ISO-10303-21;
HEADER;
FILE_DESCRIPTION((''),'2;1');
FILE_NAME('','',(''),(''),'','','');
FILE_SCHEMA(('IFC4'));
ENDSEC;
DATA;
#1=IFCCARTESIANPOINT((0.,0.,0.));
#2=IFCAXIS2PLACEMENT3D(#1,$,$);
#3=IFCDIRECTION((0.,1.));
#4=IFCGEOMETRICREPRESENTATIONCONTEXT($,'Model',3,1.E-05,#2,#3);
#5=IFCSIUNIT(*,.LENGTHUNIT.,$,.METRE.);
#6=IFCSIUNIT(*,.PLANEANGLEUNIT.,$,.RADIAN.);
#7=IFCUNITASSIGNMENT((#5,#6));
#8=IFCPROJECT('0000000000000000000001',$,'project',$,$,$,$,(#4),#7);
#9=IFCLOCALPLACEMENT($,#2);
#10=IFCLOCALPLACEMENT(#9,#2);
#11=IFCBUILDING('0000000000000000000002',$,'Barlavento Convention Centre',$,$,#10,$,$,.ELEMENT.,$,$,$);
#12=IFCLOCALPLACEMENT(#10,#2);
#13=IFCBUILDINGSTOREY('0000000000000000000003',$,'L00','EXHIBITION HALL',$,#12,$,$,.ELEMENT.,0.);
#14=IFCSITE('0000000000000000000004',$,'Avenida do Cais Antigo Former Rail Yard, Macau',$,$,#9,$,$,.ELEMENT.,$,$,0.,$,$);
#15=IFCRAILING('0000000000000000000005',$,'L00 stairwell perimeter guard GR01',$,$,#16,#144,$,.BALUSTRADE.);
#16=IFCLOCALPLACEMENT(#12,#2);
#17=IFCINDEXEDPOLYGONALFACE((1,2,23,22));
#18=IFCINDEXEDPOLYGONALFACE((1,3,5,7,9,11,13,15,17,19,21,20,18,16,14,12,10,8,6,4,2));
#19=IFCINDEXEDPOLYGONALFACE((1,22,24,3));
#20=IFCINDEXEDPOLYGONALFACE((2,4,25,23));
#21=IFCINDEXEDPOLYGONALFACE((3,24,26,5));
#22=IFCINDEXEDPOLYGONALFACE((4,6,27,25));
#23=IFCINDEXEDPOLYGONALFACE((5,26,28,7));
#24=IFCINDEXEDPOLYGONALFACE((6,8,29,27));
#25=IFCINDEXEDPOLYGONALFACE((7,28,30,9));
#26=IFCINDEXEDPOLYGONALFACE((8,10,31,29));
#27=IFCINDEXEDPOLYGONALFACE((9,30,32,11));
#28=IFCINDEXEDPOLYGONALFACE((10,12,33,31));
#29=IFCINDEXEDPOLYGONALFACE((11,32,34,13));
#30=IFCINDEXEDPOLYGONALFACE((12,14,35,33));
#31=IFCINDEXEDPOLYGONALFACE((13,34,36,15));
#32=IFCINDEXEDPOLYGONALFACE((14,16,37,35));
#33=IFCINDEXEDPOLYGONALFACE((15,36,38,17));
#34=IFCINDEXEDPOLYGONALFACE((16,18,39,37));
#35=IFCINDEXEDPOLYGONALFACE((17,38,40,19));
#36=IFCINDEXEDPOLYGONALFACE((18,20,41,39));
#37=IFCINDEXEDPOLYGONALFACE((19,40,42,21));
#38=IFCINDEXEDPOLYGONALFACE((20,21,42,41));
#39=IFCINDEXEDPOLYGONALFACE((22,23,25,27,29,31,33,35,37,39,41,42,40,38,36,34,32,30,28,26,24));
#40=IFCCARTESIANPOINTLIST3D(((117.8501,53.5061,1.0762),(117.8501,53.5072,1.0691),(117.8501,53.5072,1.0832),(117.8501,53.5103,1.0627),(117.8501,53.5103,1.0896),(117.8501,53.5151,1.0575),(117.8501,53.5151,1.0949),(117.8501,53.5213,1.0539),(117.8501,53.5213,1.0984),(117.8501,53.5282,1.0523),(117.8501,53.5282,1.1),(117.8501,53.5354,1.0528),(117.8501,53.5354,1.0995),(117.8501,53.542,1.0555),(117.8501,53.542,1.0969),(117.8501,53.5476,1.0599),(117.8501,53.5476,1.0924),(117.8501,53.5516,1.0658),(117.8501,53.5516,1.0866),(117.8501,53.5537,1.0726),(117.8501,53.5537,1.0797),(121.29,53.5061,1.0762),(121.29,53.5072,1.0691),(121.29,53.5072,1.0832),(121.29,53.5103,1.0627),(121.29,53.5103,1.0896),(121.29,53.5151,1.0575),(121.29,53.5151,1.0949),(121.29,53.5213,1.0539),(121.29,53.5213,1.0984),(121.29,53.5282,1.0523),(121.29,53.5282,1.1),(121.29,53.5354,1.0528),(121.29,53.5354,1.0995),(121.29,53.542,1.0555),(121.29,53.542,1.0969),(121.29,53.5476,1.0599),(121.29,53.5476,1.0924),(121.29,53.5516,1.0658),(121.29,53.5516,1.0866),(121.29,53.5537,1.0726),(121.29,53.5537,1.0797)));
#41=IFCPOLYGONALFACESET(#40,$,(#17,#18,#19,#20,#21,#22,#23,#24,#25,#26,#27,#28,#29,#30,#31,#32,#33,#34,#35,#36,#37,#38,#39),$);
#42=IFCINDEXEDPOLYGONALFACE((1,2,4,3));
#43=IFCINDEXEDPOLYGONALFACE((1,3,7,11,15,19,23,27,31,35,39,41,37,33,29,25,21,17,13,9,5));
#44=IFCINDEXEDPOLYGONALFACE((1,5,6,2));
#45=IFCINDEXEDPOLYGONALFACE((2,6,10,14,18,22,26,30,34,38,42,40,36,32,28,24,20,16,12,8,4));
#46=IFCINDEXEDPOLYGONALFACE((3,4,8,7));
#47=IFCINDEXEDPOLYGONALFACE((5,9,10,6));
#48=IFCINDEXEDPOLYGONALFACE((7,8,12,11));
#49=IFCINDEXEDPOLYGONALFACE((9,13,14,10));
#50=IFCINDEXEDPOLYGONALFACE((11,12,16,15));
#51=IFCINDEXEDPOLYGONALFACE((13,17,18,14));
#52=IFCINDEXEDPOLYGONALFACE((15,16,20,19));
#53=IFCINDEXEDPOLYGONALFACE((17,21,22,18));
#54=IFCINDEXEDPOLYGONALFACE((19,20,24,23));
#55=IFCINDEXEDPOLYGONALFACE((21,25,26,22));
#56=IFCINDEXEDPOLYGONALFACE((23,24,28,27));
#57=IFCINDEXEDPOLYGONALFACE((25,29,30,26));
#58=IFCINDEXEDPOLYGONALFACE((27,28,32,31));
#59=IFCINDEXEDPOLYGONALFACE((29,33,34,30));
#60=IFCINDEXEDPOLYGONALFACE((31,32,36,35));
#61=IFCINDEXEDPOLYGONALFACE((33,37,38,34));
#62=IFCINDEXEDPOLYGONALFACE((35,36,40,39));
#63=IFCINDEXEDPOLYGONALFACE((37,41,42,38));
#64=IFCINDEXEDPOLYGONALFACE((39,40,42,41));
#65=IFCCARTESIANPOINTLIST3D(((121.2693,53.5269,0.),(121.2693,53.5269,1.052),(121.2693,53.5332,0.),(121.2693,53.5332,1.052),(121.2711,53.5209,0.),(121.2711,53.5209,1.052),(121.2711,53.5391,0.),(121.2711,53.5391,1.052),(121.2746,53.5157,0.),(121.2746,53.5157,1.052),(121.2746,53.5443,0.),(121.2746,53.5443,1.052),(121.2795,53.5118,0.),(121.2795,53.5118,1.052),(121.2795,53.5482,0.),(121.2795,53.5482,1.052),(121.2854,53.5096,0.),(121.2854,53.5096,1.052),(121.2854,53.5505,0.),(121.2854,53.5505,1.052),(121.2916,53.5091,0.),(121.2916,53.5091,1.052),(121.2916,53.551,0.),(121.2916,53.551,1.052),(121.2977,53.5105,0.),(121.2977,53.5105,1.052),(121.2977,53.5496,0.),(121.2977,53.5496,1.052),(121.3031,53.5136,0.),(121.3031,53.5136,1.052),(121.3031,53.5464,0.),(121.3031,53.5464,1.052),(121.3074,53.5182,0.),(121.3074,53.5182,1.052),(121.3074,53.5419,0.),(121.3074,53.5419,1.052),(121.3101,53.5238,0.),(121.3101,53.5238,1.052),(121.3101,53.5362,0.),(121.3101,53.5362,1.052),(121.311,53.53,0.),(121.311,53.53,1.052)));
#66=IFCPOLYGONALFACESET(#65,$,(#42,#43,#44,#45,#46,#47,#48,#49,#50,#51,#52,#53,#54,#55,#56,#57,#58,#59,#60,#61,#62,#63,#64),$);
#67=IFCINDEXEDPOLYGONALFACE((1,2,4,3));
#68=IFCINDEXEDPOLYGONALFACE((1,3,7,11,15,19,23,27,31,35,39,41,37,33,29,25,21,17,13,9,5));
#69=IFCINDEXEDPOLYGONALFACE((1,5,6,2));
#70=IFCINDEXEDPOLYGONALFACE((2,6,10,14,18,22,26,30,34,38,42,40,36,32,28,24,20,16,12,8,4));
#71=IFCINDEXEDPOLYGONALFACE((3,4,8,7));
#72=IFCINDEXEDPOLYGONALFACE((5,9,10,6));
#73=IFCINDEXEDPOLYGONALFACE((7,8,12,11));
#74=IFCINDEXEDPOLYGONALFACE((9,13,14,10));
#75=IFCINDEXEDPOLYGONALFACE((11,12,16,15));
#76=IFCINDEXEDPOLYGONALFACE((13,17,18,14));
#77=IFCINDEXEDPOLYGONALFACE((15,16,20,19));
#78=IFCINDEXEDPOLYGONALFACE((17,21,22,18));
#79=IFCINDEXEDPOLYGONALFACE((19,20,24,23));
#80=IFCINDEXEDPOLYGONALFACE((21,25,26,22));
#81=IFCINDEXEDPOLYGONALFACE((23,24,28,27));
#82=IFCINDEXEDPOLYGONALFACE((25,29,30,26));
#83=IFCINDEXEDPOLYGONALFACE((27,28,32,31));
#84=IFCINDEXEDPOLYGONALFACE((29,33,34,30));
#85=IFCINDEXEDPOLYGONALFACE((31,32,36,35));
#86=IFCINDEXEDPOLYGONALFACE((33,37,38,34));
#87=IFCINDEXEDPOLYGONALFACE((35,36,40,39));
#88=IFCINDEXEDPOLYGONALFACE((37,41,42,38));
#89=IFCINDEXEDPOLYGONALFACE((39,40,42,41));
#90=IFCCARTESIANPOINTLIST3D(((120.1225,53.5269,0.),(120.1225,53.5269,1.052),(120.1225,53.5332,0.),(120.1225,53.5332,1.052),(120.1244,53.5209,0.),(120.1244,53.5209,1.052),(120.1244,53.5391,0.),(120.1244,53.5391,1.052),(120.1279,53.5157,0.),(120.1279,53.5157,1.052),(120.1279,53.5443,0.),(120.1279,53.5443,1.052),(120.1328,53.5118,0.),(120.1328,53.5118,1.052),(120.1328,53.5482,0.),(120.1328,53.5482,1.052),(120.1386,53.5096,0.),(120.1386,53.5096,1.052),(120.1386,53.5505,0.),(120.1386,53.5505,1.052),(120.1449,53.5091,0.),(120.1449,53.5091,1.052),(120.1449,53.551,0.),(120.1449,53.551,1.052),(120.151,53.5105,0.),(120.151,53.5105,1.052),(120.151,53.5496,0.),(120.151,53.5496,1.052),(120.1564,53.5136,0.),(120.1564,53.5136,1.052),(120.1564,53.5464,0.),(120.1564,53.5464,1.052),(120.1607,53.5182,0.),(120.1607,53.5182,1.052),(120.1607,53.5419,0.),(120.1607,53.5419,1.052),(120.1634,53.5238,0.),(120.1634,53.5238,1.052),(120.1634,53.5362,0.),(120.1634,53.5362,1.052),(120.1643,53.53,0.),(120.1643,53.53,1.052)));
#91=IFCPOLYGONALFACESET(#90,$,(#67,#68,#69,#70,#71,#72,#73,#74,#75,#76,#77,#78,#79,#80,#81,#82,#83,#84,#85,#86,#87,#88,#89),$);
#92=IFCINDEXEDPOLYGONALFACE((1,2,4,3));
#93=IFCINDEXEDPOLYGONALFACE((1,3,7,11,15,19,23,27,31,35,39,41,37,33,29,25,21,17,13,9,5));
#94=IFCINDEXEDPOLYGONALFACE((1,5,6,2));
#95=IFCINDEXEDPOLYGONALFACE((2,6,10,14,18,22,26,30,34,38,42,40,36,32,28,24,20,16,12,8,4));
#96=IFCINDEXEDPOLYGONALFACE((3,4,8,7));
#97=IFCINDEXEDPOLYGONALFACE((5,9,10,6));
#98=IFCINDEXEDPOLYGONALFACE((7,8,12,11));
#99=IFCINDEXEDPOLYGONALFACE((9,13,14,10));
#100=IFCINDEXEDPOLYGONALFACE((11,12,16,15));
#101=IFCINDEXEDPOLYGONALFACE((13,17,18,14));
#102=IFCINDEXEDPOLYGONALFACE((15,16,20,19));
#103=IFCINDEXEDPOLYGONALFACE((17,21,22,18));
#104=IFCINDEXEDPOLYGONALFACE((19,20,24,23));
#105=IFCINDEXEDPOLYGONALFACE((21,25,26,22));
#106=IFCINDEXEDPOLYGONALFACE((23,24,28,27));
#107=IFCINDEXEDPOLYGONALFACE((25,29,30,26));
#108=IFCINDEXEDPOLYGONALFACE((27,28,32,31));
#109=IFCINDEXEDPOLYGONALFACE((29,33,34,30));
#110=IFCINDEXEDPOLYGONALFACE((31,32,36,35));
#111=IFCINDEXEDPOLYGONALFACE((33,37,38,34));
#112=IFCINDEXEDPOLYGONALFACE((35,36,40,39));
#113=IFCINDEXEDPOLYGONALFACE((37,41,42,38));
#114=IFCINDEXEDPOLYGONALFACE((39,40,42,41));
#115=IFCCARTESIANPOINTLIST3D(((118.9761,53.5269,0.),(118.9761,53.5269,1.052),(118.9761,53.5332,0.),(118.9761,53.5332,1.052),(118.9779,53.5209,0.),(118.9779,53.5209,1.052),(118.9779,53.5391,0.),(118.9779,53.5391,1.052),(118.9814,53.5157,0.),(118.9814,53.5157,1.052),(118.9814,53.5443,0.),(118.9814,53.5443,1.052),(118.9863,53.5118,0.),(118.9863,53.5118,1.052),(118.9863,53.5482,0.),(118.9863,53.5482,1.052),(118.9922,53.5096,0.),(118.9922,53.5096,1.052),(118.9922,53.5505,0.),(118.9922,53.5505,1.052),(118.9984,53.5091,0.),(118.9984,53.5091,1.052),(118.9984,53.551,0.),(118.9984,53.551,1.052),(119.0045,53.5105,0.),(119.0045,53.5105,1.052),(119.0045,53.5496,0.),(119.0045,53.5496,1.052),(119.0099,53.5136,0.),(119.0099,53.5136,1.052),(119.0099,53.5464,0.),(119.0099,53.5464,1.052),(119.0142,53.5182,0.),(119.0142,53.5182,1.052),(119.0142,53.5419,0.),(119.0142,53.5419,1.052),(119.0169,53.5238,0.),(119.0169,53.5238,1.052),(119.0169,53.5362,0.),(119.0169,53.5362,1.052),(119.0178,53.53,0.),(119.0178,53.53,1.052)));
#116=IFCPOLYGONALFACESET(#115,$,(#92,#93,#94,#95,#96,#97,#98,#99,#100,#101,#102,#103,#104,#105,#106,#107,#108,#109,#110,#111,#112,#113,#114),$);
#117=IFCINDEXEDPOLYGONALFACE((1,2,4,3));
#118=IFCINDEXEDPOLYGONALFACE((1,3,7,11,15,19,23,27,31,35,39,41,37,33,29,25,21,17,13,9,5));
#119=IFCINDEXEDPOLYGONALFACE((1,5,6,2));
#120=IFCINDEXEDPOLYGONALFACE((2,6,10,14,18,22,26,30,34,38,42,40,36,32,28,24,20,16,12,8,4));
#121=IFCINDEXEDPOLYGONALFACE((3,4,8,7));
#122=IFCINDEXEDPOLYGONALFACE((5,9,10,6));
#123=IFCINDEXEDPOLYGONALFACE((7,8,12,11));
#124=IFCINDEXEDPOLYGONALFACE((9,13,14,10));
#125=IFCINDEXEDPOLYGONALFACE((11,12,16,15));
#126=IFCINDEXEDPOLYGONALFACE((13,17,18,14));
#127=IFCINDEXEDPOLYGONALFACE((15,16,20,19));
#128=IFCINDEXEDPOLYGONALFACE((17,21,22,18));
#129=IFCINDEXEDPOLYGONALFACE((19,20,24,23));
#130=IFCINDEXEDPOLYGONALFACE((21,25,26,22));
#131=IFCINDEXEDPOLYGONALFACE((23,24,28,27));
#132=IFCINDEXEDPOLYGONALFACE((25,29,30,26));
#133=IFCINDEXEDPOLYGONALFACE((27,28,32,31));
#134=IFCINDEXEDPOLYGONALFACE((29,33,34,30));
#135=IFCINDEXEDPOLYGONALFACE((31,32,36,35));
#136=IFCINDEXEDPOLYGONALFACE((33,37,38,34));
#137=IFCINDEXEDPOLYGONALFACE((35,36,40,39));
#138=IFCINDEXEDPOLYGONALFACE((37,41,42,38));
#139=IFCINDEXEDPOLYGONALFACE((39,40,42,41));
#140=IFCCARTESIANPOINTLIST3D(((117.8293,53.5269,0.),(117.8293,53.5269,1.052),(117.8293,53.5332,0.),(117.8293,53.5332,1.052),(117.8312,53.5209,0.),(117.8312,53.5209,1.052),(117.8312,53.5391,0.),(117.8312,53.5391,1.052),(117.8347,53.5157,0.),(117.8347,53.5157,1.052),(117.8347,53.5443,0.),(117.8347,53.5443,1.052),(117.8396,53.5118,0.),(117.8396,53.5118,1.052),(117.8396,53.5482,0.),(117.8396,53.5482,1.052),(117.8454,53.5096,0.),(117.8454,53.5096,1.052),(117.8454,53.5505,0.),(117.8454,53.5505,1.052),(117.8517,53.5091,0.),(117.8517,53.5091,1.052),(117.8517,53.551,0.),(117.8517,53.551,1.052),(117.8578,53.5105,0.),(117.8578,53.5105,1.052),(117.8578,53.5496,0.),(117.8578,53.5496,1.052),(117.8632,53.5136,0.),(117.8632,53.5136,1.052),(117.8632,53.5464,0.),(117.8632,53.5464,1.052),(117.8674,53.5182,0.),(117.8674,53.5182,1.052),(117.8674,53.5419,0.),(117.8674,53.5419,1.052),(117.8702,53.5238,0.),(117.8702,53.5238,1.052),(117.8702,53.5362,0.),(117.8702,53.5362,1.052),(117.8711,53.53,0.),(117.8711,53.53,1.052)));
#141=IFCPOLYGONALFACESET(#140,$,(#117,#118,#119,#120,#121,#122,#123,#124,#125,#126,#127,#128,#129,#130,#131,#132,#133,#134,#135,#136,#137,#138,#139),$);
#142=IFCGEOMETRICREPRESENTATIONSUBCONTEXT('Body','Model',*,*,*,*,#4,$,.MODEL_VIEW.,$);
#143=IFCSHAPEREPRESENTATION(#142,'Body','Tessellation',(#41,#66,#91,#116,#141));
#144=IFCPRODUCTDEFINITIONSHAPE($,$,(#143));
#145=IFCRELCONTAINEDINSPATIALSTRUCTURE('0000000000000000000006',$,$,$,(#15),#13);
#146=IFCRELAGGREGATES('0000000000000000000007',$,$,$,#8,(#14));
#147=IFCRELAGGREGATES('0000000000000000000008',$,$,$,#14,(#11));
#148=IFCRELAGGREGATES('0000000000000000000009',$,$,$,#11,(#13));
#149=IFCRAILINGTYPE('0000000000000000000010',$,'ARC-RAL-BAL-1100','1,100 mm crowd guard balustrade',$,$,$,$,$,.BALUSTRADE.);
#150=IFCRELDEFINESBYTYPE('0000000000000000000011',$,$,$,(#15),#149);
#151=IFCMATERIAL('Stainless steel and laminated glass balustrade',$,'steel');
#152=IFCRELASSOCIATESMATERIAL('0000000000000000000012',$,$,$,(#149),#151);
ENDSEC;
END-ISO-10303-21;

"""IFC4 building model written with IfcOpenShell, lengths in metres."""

from ifc_helpers import new_model, si_unit, direction, frame, origin, origin_2d, place, context, subcontext, project, spatial, circle, extrude, material, type_object, element, save


model = new_model("IFC4")

# Units and contexts
model_context = context("Model", 3, precision=1e-05, world=origin(), true_north=direction((0.0, 1.0)))
body_context = subcontext(model_context, "Body", "Model", "MODEL_VIEW")
ifc_project = project(units=[si_unit("LENGTHUNIT", "METRE"), si_unit("PLANEANGLEUNIT", "RADIAN")], contexts=[model_context])

# Site, building, storey
site_placement = place(None, origin())
site = spatial("IfcSite", under=ifc_project, at=site_placement, Name="Avenida do Cais Antigo Former Rail Yard, Macau", CompositionType="ELEMENT", RefElevation=0.0)
building_placement = place(site_placement, origin())
building = spatial("IfcBuilding", under=site, at=building_placement, Name="Barlavento Convention Centre", CompositionType="ELEMENT")
storey_placement = place(building_placement, origin())
storey = spatial("IfcBuildingStorey", under=building, at=storey_placement, Name="L00", Description="EXHIBITION HALL", CompositionType="ELEMENT", Elevation=0.0)

# Railing
ifc_material_1 = material(Name="Stainless steel and laminated glass balustrade", Category="steel")
railing_type_1 = type_object("IfcRailingType", Name="ARC-RAL-BAL-1100", Description="1,100 mm crowd guard balustrade", PredefinedType="BALUSTRADE", material=ifc_material_1)
railing_1_placement = place(storey_placement, frame((121.29, 53.53, 0.0)))
element("IfcRailing", 1, at=railing_1_placement, inside=storey, type_object=railing_type_1, Name="L00 stairwell perimeter guard GR01", PredefinedType="BALUSTRADE", context=body_context, shape_type="SweptSolid", body=[
    extrude(circle(Radius=0.0239, at=origin_2d()), frame((0.0, 0.0, 1.0762), z_axis=(-1.0, 0.0, 0.0), x_axis=(0.0, -1.0, 0.0)), (0.0, 0.0, 1.0), 3.4399),
    extrude(circle(Radius=0.021, at=origin_2d()), origin(), (0.0, 0.0, 1.0), 1.052),
    extrude(circle(Radius=0.021, at=origin_2d()), frame((-1.1467, 0.0, 0.0)), (0.0, 0.0, 1.0), 1.052),
    extrude(circle(Radius=0.021, at=origin_2d()), frame((-2.2932, 0.0, 0.0)), (0.0, 0.0, 1.0), 1.052),
    extrude(circle(Radius=0.021, at=origin_2d()), frame((-3.4399, 0.0, 0.0)), (0.0, 0.0, 1.0), 1.052),
])

save(model, "model.ifc")
